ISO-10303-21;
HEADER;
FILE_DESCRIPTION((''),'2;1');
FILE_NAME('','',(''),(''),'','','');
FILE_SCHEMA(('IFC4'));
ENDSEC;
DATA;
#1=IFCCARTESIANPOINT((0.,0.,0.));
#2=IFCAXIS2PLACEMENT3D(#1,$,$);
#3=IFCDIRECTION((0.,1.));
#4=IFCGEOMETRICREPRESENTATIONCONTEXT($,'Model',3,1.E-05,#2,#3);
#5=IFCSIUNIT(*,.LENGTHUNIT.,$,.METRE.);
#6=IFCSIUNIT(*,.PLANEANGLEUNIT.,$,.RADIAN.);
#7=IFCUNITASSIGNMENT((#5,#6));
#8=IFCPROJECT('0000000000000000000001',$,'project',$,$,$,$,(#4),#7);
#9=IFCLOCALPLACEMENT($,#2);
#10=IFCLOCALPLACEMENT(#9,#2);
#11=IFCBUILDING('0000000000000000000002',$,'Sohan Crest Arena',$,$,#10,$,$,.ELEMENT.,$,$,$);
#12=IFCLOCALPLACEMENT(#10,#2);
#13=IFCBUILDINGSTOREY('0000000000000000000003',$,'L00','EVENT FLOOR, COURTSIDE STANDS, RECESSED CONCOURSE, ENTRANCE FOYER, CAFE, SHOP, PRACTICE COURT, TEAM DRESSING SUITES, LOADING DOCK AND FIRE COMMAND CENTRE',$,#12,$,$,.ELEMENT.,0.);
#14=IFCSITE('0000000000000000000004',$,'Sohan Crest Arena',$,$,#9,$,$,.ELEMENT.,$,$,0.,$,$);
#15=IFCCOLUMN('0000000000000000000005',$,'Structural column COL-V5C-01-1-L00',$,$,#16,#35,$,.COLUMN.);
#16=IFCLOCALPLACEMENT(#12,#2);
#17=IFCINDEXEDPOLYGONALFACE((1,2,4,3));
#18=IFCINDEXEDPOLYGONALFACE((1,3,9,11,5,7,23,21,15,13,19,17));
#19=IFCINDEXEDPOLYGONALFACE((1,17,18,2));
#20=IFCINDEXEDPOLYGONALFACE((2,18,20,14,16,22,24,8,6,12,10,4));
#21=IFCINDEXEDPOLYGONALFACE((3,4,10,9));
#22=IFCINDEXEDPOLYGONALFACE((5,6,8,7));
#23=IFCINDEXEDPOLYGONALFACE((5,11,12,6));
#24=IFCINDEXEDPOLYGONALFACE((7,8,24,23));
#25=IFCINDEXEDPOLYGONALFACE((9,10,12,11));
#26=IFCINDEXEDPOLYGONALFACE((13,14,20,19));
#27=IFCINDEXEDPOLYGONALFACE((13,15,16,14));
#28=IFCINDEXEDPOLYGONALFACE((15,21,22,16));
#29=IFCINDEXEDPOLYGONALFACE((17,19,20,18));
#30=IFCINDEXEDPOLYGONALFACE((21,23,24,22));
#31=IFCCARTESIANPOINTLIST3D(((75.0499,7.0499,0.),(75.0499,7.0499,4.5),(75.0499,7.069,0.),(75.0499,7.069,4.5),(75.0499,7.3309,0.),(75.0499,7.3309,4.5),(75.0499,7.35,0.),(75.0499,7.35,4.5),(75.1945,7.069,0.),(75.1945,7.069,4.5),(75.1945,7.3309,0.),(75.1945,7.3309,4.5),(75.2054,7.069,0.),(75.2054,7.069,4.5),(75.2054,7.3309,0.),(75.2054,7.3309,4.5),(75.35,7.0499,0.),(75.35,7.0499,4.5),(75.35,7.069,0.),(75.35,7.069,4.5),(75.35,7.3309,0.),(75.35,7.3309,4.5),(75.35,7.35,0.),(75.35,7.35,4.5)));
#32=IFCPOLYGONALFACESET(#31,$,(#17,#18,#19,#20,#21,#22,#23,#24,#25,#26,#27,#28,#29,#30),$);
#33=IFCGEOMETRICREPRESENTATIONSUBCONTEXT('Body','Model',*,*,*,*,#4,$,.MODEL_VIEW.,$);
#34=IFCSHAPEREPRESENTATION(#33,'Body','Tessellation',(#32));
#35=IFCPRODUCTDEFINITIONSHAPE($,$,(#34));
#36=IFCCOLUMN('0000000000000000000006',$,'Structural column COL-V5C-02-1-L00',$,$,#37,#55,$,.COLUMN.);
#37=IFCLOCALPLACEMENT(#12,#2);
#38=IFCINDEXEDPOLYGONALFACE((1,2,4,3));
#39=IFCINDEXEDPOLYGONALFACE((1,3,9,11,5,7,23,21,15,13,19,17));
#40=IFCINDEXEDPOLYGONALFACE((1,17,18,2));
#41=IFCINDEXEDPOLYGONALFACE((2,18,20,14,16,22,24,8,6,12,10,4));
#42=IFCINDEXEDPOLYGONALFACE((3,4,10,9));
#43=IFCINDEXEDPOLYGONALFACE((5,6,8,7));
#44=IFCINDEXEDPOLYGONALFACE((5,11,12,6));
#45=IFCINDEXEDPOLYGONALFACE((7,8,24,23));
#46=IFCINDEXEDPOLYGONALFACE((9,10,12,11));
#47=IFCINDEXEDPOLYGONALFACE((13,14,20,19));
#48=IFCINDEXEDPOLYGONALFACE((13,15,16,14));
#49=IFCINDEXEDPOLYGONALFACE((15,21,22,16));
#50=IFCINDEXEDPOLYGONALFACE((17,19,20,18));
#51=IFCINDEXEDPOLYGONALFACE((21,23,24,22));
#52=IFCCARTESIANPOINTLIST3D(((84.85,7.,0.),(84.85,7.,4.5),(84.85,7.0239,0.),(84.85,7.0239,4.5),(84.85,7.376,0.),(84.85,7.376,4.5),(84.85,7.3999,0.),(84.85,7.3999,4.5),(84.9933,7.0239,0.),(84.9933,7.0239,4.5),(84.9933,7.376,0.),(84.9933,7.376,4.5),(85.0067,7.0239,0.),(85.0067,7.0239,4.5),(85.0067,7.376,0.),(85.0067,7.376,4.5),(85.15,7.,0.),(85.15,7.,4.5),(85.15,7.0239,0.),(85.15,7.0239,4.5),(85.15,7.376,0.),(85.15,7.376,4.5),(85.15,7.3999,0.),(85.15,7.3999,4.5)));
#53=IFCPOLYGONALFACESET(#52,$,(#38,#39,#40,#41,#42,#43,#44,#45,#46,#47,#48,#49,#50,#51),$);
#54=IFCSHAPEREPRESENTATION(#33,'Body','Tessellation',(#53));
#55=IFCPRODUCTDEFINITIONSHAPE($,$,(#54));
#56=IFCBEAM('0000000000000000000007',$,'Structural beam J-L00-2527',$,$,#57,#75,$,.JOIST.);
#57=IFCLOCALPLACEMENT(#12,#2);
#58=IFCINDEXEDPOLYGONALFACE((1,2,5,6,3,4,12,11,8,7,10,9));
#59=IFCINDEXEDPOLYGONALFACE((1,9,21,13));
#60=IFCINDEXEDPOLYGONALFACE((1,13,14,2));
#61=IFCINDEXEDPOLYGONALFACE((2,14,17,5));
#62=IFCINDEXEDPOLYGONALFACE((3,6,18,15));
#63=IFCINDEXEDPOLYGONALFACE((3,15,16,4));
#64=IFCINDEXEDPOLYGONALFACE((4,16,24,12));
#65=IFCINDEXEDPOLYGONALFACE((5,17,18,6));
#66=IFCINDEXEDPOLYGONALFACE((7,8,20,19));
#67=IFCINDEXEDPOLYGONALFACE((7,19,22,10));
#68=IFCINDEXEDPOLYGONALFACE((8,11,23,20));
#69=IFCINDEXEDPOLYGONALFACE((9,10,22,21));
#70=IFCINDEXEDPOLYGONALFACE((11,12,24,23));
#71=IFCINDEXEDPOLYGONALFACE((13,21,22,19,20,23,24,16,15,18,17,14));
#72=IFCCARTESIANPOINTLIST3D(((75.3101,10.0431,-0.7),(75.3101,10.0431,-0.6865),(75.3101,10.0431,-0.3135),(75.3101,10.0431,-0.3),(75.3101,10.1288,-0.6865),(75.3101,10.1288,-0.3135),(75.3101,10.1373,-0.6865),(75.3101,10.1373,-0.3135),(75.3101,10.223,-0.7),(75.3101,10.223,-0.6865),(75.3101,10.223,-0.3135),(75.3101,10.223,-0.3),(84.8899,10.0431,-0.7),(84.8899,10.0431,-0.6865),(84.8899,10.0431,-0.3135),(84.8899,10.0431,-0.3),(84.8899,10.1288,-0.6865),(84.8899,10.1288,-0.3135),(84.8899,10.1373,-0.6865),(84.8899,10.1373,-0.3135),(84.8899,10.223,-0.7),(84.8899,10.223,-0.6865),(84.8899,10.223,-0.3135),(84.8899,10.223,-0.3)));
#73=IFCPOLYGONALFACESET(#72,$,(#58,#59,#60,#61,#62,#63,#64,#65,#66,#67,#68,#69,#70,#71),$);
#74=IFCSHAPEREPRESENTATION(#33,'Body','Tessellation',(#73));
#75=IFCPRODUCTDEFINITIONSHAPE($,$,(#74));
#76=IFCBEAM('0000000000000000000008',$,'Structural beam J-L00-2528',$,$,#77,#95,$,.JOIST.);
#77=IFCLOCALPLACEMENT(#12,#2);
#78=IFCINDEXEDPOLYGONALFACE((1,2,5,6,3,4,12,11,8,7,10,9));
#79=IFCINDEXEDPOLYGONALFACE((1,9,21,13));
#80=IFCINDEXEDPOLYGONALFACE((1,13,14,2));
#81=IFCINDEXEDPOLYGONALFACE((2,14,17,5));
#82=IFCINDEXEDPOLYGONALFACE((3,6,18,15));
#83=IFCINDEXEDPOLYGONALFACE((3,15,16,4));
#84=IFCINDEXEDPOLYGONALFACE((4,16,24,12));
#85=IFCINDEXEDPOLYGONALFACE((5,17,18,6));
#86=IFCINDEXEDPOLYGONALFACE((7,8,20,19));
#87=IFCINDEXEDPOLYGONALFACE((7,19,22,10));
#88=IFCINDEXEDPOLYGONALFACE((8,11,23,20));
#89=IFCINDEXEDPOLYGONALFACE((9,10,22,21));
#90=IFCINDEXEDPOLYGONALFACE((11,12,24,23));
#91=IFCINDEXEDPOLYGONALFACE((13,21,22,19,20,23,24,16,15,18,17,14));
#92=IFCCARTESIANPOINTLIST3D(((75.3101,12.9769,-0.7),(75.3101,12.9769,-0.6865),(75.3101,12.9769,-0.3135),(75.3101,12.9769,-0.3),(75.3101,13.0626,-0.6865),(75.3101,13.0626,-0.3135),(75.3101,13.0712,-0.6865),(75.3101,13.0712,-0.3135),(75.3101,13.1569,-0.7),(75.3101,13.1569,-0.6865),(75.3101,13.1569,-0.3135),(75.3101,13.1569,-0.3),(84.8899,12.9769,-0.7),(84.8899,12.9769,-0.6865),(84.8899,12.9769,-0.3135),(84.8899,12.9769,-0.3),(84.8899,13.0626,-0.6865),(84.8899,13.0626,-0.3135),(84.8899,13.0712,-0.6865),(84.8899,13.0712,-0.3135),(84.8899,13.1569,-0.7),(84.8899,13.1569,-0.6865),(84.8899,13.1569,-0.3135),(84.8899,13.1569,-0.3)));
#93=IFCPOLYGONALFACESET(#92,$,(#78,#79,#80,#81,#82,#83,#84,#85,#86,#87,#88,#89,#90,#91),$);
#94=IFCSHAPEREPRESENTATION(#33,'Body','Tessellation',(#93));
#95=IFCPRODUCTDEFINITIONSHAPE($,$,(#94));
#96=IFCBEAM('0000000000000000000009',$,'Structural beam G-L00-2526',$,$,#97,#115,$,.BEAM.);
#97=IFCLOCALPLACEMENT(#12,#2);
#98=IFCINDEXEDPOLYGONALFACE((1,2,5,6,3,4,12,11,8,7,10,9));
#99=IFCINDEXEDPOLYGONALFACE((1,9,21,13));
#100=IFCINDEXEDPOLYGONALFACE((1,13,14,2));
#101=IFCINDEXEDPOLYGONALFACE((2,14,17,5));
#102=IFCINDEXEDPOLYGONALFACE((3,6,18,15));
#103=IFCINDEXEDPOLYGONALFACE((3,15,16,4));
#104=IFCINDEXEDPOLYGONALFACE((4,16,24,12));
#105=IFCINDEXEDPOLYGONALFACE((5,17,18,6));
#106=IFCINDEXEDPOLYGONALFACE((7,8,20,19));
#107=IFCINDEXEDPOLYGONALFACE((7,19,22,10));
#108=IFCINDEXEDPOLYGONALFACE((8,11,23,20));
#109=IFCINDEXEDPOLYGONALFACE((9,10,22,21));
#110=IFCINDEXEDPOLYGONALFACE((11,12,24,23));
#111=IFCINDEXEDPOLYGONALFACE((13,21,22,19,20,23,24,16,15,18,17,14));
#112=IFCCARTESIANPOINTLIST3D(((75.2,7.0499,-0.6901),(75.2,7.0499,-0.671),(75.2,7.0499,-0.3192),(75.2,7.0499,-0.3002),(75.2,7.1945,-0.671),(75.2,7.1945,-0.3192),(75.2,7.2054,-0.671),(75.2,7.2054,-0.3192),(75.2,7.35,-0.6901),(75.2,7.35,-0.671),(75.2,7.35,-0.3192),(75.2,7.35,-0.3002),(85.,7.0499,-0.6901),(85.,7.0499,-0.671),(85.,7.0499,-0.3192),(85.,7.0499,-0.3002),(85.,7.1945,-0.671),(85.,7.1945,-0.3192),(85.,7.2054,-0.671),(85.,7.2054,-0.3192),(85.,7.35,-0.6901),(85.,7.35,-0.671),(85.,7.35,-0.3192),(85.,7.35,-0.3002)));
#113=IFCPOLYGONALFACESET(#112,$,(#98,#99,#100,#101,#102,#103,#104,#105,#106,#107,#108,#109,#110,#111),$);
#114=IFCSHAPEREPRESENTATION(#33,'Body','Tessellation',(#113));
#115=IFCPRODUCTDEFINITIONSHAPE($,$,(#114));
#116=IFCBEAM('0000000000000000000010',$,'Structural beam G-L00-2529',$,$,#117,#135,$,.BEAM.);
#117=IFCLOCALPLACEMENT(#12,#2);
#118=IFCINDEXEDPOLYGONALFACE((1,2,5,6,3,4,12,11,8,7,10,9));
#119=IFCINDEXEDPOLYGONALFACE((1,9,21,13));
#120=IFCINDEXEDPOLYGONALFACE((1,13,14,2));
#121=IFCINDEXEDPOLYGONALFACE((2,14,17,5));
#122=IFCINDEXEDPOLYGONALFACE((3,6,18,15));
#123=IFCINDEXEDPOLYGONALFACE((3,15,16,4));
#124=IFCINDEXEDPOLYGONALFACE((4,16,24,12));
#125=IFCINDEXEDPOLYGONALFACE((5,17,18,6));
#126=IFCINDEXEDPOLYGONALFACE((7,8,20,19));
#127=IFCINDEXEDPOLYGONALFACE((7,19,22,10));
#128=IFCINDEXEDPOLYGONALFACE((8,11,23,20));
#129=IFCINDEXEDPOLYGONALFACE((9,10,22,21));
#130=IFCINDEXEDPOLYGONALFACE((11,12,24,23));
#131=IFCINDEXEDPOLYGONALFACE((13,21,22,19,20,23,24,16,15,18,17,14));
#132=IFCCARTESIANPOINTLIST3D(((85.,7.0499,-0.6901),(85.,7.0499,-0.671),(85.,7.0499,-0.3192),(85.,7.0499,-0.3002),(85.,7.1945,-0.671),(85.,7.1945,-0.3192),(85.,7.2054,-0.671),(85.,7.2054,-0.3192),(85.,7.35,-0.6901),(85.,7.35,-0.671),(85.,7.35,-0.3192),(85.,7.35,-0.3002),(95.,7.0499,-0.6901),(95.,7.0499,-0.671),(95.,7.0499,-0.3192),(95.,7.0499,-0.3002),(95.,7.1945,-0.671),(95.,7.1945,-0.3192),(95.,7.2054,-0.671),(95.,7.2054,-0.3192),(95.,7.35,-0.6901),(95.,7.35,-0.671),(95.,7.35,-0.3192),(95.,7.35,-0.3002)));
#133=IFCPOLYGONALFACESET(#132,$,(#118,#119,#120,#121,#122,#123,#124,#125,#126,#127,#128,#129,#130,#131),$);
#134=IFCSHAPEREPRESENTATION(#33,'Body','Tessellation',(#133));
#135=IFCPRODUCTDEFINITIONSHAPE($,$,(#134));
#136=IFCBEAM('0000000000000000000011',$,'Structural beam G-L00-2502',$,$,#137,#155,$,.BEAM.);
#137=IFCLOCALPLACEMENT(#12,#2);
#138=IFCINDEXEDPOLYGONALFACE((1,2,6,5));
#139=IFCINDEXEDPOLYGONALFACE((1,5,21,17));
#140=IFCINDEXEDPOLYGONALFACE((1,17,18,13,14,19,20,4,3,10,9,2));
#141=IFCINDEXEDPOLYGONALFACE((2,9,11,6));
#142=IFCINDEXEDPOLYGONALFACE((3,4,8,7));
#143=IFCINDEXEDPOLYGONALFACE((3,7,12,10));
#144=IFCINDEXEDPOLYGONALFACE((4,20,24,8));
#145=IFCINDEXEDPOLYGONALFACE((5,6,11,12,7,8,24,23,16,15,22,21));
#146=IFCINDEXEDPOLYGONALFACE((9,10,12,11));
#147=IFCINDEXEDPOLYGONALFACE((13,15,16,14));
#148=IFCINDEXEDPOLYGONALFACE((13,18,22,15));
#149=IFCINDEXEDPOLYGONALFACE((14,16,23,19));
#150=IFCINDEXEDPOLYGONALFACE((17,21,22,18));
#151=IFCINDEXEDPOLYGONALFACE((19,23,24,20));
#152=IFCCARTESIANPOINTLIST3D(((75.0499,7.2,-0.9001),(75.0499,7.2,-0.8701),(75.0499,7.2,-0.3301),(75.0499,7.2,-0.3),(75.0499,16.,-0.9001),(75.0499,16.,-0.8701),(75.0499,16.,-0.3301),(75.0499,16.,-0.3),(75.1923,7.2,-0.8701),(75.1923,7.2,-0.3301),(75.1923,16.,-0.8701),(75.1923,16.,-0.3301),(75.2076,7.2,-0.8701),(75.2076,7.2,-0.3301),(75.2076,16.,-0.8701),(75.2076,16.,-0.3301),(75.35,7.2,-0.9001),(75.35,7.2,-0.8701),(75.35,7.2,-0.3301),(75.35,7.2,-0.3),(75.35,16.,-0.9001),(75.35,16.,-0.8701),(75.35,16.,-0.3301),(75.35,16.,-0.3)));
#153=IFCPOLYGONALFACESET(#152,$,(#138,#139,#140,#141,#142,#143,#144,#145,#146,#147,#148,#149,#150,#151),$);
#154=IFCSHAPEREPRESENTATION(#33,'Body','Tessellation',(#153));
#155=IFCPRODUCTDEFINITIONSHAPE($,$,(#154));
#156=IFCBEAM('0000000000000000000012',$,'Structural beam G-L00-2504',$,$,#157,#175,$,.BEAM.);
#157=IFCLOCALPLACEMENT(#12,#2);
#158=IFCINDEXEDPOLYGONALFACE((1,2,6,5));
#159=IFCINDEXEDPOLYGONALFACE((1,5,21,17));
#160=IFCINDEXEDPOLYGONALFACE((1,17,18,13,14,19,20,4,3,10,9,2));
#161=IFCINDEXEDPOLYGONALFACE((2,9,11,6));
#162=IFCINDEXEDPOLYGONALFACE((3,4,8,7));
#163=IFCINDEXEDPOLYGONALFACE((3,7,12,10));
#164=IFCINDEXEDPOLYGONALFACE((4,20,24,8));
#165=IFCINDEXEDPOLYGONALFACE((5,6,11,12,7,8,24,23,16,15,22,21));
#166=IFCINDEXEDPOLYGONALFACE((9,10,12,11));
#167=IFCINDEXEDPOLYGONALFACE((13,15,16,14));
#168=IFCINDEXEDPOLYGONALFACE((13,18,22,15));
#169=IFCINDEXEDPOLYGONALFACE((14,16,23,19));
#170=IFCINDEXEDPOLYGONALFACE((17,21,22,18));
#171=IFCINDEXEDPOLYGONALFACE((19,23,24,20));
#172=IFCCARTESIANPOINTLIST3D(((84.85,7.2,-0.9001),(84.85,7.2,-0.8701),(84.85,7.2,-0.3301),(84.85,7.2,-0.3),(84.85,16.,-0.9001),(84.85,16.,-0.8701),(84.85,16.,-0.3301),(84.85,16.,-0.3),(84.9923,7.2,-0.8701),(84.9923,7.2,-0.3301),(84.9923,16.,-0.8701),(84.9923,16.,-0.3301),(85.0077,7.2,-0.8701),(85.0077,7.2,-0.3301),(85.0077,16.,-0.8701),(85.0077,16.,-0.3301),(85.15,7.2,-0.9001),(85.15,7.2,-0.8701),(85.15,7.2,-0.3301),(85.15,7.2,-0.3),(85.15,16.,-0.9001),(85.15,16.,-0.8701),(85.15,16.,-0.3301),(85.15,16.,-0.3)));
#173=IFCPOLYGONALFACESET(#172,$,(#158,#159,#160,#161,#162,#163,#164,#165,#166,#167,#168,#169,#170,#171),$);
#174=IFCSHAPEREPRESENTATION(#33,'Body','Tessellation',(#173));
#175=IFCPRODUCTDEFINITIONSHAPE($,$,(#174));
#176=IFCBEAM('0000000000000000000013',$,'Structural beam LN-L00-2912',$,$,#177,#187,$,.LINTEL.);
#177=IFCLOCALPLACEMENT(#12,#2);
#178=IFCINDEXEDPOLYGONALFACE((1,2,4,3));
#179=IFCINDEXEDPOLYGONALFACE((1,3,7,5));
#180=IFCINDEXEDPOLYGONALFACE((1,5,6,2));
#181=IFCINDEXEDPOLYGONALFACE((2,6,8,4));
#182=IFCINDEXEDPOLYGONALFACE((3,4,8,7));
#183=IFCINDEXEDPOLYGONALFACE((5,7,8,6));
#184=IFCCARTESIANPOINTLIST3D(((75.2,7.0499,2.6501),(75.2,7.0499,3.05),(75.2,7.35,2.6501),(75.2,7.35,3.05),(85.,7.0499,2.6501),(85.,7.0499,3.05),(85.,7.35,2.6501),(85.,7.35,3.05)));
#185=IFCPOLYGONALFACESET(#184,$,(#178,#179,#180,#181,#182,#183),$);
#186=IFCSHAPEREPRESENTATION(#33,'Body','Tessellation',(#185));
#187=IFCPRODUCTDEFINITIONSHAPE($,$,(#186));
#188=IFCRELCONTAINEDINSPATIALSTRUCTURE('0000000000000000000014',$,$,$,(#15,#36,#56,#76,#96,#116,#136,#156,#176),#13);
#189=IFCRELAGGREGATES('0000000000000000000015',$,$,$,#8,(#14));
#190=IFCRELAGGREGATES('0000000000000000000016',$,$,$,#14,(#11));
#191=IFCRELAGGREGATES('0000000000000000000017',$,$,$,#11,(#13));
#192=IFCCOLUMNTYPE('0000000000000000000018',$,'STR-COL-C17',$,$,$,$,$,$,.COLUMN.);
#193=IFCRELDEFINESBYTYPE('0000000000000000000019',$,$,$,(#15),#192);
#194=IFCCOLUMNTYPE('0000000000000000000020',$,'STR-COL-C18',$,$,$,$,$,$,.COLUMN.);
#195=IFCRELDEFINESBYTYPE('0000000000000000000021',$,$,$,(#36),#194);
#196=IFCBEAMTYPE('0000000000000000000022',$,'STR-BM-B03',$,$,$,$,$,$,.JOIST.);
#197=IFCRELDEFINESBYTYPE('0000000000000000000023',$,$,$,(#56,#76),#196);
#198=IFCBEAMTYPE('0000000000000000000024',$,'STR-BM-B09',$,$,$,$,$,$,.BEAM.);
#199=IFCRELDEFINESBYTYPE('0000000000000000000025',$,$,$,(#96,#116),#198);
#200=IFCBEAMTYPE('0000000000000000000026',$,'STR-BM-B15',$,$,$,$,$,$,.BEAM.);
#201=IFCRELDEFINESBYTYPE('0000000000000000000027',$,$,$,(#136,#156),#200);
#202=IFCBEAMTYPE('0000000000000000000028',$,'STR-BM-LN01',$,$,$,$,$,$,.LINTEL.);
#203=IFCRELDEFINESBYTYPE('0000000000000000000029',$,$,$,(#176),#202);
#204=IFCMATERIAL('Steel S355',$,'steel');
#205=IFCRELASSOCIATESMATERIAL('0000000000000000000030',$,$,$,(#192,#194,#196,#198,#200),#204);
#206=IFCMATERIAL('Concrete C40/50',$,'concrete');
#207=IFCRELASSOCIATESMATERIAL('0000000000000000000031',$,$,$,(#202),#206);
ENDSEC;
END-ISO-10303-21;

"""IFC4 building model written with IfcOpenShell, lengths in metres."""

from ifc_helpers import new_model, si_unit, direction, frame, origin, origin_2d, place, context, subcontext, project, spatial, rectangle, i_section, extrude, material, material_profile, profile_set, type_object, element, save


model = new_model("IFC4")

# Units and contexts
model_context = context("Model", 3, precision=1e-05, world=origin(), true_north=direction((0.0, 1.0)))
body_context = subcontext(model_context, "Body", "Model", "MODEL_VIEW")
ifc_project = project(units=[si_unit("LENGTHUNIT", "METRE"), si_unit("PLANEANGLEUNIT", "RADIAN")], contexts=[model_context])

# Site, building, storey
site_placement = place(None, origin())
site = spatial("IfcSite", under=ifc_project, at=site_placement, Name="Sohan Crest Arena", CompositionType="ELEMENT", RefElevation=0.0)
building_placement = place(site_placement, origin())
building = spatial("IfcBuilding", under=site, at=building_placement, Name="Sohan Crest Arena", CompositionType="ELEMENT")
storey_placement = place(building_placement, origin())
storey = spatial("IfcBuildingStorey", under=building, at=storey_placement, Name="L00", Description="EVENT FLOOR, COURTSIDE STANDS, RECESSED CONCOURSE, ENTRANCE FOYER, CAFE, SHOP, PRACTICE COURT, TEAM DRESSING SUITES, LOADING DOCK AND FIRE COMMAND CENTRE", CompositionType="ELEMENT", Elevation=0.0)

# Columns
ifc_material_1 = material(Name="Steel S355", Category="steel")
ifc_material_profile_1 = material_profile(ifc_material_1, i_section(OverallWidth=0.3, OverallDepth=0.3, WebThickness=0.011, FlangeThickness=0.019, at=origin_2d()), Name="HEB 300")
ifc_profile_set_1 = profile_set([ifc_material_profile_1], Name="Steel S355")
column_type_1 = type_object("IfcColumnType", Name="STR-COL-C17", PredefinedType="COLUMN", material=ifc_profile_set_1)
column_1_placement = place(storey_placement, frame((75.2, 7.2, 0.0), z_axis=(0.0, 0.0, 1.0), x_axis=(1.0, 0.0, 0.0)))
element("IfcColumn", 1, at=column_1_placement, inside=storey, type_object=column_type_1, Name="Structural column COL-V5C-01-1-L00", PredefinedType="COLUMN", context=body_context, shape_type="SweptSolid", body=[
    extrude(i_section(OverallWidth=0.3, OverallDepth=0.3, WebThickness=0.011, FlangeThickness=0.019, at=origin_2d()), origin(), (0.0, 0.0, 1.0), 4.5),
])
ifc_material_profile_2 = material_profile(ifc_material_1, i_section(OverallWidth=0.3, OverallDepth=0.3999, WebThickness=0.0134, FlangeThickness=0.0239, at=origin_2d()), Name="HEB 400")
ifc_profile_set_2 = profile_set([ifc_material_profile_2], Name="Steel S355")
column_type_2 = type_object("IfcColumnType", Name="STR-COL-C18", PredefinedType="COLUMN", material=ifc_profile_set_2)
column_2_placement = place(storey_placement, frame((85.0, 7.2, 0.0), z_axis=(0.0, 0.0, 1.0), x_axis=(1.0, 0.0, 0.0)))
element("IfcColumn", 2, at=column_2_placement, inside=storey, type_object=column_type_2, Name="Structural column COL-V5C-02-1-L00", PredefinedType="COLUMN", context=body_context, shape_type="SweptSolid", body=[
    extrude(i_section(OverallWidth=0.3, OverallDepth=0.3999, WebThickness=0.0134, FlangeThickness=0.0239, at=origin_2d()), origin(), (0.0, 0.0, 1.0), 4.5),
])

# Beams
ifc_material_profile_3 = material_profile(ifc_material_1, i_section(OverallWidth=0.1799, OverallDepth=0.3999, WebThickness=0.0085, FlangeThickness=0.0134, at=origin_2d()), Name="IPE 400")
ifc_profile_set_3 = profile_set([ifc_material_profile_3], Name="Steel S355")
beam_type_1 = type_object("IfcBeamType", Name="STR-BM-B03", PredefinedType="JOIST", material=ifc_profile_set_3)
for number, where, z_axis, x_axis, name in (
    (3, (75.3101, 10.1331, -0.5), (1.0, 0.0, 0.0), (0.0, 1.0, 0.0), "Structural beam J-L00-2527"),
    (4, (75.3101, 13.0669, -0.5), (1.0, 0.0, 0.0), (0.0, 1.0, 0.0), "Structural beam J-L00-2528"),
):
    element("IfcBeam", number, at=place(storey_placement, frame(where, z_axis=z_axis, x_axis=x_axis)), inside=storey, type_object=beam_type_1, Name=name, PredefinedType="JOIST", context=body_context, shape_type="SweptSolid", body=[
        extrude(i_section(OverallWidth=0.1799, OverallDepth=0.3999, WebThickness=0.0085, FlangeThickness=0.0134, at=origin_2d()), origin(), (0.0, 0.0, 1.0), 9.5798),
    ])
ifc_material_profile_4 = material_profile(ifc_material_1, i_section(OverallWidth=0.3, OverallDepth=0.3899, WebThickness=0.011, FlangeThickness=0.019, at=origin_2d()), Name="HEA 400")
ifc_profile_set_4 = profile_set([ifc_material_profile_4], Name="Steel S355")
beam_type_2 = type_object("IfcBeamType", Name="STR-BM-B09", PredefinedType="BEAM", material=ifc_profile_set_4)
beam_1_placement = place(storey_placement, frame((75.2, 7.2, -0.4951), z_axis=(1.0, 0.0, 0.0), x_axis=(0.0, 1.0, 0.0)))
element("IfcBeam", 5, at=beam_1_placement, inside=storey, type_object=beam_type_2, Name="Structural beam G-L00-2526", PredefinedType="BEAM", context=body_context, shape_type="SweptSolid", body=[
    extrude(i_section(OverallWidth=0.3, OverallDepth=0.3899, WebThickness=0.011, FlangeThickness=0.019, at=origin_2d()), origin(), (0.0, 0.0, 1.0), 9.8),
])
beam_2_placement = place(storey_placement, frame((85.0, 7.2, -0.4951), z_axis=(1.0, 0.0, 0.0), x_axis=(0.0, 1.0, 0.0)))
element("IfcBeam", 6, at=beam_2_placement, inside=storey, type_object=beam_type_2, Name="Structural beam G-L00-2529", PredefinedType="BEAM", context=body_context, shape_type="SweptSolid", body=[
    extrude(i_section(OverallWidth=0.3, OverallDepth=0.3899, WebThickness=0.011, FlangeThickness=0.019, at=origin_2d()), origin(), (0.0, 0.0, 1.0), 10.0),
])
ifc_material_profile_5 = material_profile(ifc_material_1, i_section(OverallWidth=0.3, OverallDepth=0.6001, WebThickness=0.0154, FlangeThickness=0.03, at=origin_2d()), Name="HEB 600")
ifc_profile_set_5 = profile_set([ifc_material_profile_5], Name="Steel S355")
beam_type_3 = type_object("IfcBeamType", Name="STR-BM-B15", PredefinedType="BEAM", material=ifc_profile_set_5)
for number, where, z_axis, x_axis, name in (
    (7, (75.2, 7.2, -0.6001), (0.0, 1.0, 0.0), (-1.0, 0.0, 0.0), "Structural beam G-L00-2502"),
    (8, (85.0, 7.2, -0.6001), (0.0, 1.0, 0.0), (-1.0, 0.0, 0.0), "Structural beam G-L00-2504"),
):
    element("IfcBeam", number, at=place(storey_placement, frame(where, z_axis=z_axis, x_axis=x_axis)), inside=storey, type_object=beam_type_3, Name=name, PredefinedType="BEAM", context=body_context, shape_type="SweptSolid", body=[
        extrude(i_section(OverallWidth=0.3, OverallDepth=0.6001, WebThickness=0.0154, FlangeThickness=0.03, at=origin_2d()), origin(), (0.0, 0.0, 1.0), 8.8),
    ])
ifc_material_2 = material(Name="Concrete C40/50", Category="concrete")
ifc_material_profile_6 = material_profile(ifc_material_2, rectangle(XDim=0.3, YDim=0.3999, at=origin_2d()), Name="RC-LNT 300x400")
ifc_profile_set_6 = profile_set([ifc_material_profile_6], Name="Concrete C40/50")
beam_type_4 = type_object("IfcBeamType", Name="STR-BM-LN01", PredefinedType="LINTEL", material=ifc_profile_set_6)
beam_3_placement = place(storey_placement, frame((75.2, 7.2, 2.8501), z_axis=(1.0, 0.0, 0.0), x_axis=(0.0, 1.0, 0.0)))
element("IfcBeam", 9, at=beam_3_placement, inside=storey, type_object=beam_type_4, Name="Structural beam LN-L00-2912", PredefinedType="LINTEL", context=body_context, shape_type="SweptSolid", body=[
    extrude(rectangle(XDim=0.3, YDim=0.3999, at=origin_2d()), origin(), (0.0, 0.0, 1.0), 9.8),
])

save(model, "model.ifc")
